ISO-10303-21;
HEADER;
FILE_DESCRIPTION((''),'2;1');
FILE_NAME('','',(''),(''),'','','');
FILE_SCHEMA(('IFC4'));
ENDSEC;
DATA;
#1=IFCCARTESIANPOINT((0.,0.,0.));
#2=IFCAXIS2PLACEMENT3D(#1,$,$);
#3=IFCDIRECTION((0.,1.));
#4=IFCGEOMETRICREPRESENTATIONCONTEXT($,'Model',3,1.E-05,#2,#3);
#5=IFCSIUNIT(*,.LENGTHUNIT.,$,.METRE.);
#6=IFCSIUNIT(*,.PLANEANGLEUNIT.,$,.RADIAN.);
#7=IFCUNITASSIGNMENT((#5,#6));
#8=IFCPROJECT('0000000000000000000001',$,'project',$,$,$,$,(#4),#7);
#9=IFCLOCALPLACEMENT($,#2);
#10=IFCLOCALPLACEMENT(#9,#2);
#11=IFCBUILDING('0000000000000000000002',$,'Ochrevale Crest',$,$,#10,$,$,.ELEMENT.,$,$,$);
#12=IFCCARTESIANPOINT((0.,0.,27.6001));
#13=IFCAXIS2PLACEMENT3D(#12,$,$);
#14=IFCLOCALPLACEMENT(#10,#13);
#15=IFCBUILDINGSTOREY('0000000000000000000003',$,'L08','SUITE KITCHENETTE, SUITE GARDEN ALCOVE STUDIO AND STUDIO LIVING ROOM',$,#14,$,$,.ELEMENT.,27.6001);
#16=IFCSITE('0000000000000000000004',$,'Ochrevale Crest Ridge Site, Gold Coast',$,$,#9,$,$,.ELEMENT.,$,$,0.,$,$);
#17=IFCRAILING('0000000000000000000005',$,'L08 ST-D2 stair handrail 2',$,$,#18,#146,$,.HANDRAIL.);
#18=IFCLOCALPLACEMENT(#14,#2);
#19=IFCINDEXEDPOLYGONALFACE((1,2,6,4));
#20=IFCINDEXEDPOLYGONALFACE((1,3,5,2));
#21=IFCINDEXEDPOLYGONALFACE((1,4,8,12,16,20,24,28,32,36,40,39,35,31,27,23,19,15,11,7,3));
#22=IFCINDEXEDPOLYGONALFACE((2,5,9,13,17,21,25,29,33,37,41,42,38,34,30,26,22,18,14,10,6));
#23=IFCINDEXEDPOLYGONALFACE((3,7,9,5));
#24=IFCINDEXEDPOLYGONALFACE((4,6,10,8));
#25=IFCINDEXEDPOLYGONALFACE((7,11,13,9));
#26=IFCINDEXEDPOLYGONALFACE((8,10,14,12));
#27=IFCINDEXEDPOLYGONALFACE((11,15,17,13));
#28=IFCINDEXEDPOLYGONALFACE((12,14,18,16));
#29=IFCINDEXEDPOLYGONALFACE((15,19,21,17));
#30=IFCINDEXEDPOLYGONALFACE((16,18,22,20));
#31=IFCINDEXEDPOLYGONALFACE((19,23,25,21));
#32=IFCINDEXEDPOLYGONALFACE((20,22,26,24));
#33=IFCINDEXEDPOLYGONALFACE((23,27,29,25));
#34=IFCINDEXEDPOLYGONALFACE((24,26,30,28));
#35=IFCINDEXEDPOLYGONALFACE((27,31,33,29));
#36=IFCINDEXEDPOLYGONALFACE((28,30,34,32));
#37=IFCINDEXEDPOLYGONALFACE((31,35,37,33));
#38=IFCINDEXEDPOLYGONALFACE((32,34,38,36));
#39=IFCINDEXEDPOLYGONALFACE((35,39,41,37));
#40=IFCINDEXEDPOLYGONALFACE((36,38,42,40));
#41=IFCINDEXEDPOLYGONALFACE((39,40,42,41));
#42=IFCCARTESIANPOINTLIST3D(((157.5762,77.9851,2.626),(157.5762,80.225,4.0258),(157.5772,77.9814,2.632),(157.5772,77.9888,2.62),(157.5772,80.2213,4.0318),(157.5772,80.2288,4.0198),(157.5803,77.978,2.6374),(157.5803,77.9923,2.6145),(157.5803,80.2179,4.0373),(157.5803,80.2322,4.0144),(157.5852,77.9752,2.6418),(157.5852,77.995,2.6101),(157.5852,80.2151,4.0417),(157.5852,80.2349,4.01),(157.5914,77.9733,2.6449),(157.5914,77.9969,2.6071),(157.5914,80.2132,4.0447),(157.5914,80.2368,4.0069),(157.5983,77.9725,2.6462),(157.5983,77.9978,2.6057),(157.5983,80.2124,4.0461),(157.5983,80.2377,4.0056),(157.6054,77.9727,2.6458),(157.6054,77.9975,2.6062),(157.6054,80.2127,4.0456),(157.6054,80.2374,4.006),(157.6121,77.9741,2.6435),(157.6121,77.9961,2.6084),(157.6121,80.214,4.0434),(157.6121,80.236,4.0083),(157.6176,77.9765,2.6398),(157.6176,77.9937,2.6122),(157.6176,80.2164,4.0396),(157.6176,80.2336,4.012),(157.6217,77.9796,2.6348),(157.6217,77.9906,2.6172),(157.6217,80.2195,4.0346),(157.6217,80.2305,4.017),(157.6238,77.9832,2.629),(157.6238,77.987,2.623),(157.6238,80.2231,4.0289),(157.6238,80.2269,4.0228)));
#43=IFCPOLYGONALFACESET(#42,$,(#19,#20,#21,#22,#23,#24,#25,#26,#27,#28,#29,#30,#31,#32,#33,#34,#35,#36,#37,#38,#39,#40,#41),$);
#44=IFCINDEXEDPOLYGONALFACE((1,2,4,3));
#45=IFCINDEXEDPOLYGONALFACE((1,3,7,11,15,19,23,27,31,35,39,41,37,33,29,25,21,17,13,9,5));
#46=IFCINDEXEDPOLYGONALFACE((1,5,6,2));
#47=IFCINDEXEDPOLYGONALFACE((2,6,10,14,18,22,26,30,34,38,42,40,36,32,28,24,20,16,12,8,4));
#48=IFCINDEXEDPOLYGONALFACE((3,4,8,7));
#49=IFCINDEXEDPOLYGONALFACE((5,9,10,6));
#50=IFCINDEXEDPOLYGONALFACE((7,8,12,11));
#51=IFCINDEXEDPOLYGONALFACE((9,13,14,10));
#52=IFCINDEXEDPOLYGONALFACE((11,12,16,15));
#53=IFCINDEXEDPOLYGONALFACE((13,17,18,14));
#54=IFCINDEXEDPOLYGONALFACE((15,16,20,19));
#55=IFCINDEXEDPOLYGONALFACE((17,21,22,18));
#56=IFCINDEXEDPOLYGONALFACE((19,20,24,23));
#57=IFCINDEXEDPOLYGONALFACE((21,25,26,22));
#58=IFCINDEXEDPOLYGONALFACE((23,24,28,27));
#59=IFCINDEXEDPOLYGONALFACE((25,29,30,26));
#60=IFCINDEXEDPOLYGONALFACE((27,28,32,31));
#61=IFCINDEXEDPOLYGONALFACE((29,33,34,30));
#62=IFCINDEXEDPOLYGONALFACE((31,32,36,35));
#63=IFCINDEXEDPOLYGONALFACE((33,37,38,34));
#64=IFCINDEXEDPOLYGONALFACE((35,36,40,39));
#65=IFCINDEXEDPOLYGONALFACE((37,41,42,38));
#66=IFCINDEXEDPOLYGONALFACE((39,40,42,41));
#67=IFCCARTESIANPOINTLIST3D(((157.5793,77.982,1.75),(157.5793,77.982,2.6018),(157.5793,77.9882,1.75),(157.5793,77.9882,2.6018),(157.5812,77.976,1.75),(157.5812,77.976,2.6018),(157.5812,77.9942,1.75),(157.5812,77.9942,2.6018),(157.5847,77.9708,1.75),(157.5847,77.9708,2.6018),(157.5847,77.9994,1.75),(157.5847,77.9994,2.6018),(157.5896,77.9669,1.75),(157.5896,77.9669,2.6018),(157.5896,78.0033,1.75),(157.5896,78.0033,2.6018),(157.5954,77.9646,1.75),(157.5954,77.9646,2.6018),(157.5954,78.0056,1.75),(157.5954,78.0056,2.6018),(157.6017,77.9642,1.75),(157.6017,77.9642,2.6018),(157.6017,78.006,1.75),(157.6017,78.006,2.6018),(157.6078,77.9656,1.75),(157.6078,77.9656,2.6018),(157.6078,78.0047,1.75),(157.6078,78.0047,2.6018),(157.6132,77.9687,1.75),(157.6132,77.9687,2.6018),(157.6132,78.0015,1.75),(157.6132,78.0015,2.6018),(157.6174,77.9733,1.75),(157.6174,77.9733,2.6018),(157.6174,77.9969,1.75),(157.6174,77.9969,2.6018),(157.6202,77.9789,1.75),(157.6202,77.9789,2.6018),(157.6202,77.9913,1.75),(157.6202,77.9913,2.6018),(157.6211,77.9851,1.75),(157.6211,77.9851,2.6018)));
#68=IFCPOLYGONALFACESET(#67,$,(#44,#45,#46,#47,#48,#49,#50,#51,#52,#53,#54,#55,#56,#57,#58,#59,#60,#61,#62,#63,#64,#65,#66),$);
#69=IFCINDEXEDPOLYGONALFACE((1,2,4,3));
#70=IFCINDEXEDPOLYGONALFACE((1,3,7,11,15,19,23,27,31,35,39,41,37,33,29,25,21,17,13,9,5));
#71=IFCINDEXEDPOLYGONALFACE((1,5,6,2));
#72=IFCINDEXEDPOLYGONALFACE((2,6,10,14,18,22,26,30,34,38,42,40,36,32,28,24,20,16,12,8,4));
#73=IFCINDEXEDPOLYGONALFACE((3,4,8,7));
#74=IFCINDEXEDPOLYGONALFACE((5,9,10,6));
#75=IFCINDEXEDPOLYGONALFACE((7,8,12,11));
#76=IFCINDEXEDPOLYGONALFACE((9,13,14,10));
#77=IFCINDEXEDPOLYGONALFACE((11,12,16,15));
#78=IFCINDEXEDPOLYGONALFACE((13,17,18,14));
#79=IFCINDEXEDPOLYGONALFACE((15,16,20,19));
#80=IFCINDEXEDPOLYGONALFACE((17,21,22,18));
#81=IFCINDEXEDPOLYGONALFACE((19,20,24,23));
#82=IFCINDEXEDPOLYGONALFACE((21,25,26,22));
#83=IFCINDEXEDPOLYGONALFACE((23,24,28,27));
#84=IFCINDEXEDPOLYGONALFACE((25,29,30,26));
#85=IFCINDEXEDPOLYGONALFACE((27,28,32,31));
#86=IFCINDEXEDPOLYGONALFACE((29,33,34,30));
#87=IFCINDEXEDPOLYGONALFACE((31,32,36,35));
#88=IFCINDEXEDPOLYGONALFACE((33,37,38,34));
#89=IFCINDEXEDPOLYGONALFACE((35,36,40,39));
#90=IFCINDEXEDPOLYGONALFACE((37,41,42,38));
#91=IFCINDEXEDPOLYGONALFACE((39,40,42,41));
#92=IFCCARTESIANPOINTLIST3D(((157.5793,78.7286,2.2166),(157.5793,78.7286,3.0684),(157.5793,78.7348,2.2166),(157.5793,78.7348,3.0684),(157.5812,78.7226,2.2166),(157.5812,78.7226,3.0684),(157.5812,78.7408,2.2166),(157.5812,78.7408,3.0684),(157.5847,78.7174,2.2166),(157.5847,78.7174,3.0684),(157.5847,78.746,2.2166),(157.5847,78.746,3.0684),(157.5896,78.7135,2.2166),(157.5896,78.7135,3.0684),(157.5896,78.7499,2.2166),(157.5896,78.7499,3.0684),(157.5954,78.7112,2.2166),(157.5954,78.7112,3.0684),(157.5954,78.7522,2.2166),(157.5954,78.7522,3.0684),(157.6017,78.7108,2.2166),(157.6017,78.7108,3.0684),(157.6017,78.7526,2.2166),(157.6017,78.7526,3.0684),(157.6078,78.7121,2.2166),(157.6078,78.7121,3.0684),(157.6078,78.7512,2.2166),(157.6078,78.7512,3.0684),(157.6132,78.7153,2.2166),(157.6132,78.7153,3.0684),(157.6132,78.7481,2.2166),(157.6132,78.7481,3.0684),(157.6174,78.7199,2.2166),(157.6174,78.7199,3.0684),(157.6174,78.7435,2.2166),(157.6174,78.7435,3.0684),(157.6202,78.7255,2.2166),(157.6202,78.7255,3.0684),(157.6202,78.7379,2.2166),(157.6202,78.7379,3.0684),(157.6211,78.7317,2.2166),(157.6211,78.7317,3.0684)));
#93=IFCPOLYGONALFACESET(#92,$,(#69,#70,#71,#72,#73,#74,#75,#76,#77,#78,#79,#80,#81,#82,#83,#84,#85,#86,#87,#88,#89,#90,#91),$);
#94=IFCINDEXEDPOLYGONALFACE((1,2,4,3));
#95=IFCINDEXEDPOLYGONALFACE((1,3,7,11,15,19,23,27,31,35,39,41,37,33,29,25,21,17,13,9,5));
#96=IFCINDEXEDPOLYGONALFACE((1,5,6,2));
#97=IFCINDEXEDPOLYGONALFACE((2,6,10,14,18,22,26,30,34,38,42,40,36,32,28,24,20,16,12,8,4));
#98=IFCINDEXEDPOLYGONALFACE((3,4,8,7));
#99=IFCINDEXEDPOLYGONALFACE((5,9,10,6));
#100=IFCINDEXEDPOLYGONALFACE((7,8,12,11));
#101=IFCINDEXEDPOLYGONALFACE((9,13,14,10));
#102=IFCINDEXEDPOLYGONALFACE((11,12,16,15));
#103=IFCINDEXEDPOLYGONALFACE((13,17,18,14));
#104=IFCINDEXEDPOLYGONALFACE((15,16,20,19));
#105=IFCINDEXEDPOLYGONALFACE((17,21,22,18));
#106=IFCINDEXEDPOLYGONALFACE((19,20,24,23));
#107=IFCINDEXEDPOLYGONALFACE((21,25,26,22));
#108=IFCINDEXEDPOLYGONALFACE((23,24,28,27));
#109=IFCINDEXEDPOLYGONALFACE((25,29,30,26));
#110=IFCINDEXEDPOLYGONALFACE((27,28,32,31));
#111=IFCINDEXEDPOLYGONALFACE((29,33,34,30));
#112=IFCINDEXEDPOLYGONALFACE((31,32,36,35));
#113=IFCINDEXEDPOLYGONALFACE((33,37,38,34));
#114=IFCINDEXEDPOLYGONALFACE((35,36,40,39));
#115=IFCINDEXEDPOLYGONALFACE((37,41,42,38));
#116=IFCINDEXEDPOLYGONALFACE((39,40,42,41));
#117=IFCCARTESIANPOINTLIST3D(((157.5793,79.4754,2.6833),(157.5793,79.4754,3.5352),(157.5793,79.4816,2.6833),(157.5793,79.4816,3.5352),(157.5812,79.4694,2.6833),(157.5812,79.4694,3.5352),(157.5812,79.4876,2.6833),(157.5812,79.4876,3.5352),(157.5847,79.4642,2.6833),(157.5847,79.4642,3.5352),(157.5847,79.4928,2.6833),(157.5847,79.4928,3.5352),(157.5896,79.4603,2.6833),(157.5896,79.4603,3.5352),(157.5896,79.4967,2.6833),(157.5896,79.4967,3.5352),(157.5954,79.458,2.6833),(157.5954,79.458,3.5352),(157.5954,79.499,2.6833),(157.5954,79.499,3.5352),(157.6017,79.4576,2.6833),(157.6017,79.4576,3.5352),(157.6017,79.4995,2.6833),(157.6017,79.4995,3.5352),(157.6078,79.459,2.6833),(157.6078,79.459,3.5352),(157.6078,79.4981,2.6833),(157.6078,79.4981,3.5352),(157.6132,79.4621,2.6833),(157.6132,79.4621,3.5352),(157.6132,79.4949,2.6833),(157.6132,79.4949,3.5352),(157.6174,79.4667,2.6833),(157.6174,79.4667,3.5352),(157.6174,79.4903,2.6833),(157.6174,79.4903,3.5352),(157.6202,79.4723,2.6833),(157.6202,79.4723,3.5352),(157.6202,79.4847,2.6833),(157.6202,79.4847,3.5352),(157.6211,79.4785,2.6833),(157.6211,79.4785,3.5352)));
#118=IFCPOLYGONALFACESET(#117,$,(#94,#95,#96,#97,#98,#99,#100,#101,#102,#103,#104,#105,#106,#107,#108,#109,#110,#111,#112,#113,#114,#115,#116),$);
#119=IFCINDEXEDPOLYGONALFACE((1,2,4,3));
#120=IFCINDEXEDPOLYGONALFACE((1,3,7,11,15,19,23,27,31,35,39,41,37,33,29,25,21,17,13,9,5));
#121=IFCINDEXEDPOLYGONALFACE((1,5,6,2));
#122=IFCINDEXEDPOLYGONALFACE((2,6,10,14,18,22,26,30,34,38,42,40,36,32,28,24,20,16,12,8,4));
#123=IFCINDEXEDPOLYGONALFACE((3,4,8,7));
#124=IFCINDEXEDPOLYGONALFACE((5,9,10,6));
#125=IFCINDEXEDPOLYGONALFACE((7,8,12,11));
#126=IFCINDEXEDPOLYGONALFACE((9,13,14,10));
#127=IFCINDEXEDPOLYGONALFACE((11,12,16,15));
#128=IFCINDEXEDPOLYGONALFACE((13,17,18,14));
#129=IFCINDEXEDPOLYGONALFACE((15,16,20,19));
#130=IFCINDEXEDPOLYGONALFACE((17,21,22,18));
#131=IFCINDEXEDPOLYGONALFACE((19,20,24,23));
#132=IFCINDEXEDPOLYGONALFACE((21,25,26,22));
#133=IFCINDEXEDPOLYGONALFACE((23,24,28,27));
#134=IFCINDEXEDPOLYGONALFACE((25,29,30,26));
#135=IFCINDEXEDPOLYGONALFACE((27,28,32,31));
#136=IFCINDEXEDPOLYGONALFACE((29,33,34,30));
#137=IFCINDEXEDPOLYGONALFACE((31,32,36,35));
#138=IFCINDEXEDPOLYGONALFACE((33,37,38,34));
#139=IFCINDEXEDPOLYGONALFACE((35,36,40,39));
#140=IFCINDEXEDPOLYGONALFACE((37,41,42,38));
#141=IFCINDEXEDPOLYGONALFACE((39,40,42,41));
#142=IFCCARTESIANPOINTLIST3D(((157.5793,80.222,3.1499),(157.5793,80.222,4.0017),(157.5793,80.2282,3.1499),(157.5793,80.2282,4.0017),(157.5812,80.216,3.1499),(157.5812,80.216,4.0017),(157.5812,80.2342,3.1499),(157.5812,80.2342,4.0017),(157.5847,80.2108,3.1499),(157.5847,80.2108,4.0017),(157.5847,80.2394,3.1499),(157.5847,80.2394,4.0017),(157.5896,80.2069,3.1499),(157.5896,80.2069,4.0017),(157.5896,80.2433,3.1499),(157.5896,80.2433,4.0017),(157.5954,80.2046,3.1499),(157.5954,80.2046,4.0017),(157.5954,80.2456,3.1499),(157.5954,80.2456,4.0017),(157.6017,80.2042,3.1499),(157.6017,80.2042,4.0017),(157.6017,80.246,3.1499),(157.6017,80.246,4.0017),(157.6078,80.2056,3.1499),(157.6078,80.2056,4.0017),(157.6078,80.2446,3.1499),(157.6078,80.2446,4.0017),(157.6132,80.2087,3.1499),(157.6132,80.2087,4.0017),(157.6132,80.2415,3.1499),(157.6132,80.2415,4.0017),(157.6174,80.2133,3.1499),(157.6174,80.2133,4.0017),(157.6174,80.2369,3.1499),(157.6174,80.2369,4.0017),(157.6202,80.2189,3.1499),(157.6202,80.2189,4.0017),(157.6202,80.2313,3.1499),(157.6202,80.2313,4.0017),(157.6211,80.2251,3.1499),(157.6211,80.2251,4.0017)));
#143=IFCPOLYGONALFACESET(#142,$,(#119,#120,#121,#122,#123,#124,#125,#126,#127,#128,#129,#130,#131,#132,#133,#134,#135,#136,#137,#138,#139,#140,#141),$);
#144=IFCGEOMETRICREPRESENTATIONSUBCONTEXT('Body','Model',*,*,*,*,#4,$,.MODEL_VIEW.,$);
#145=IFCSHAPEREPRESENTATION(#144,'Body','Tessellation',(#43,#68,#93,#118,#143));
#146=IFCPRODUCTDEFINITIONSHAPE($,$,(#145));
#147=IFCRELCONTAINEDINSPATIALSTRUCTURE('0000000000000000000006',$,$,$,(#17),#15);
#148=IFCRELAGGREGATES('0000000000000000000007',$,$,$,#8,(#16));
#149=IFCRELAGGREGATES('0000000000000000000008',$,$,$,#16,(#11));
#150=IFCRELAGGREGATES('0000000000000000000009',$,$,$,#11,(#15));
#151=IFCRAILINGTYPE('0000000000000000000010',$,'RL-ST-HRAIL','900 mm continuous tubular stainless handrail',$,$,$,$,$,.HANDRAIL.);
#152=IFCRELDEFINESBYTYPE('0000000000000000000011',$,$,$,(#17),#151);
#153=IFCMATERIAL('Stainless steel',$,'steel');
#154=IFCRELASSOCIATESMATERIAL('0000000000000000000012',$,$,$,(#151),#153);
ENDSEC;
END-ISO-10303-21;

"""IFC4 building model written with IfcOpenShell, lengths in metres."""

from ifc_helpers import new_model, si_unit, direction, frame, origin, origin_2d, place, context, subcontext, project, spatial, circle, extrude, material, type_object, element, save


model = new_model("IFC4")

# Units and contexts
model_context = context("Model", 3, precision=1e-05, world=origin(), true_north=direction((0.0, 1.0)))
body_context = subcontext(model_context, "Body", "Model", "MODEL_VIEW")
ifc_project = project(units=[si_unit("LENGTHUNIT", "METRE"), si_unit("PLANEANGLEUNIT", "RADIAN")], contexts=[model_context])

# Site, building, storey
site_placement = place(None, origin())
site = spatial("IfcSite", under=ifc_project, at=site_placement, Name="Ochrevale Crest Ridge Site, Gold Coast", CompositionType="ELEMENT", RefElevation=0.0)
building_placement = place(site_placement, origin())
building = spatial("IfcBuilding", under=site, at=building_placement, Name="Ochrevale Crest", CompositionType="ELEMENT")
storey_placement = place(building_placement, frame((0.0, 0.0, 27.6001)))
storey = spatial("IfcBuildingStorey", under=building, at=storey_placement, Name="L08", Description="SUITE KITCHENETTE, SUITE GARDEN ALCOVE STUDIO AND STUDIO LIVING ROOM", CompositionType="ELEMENT", Elevation=27.6001)

# Railing
ifc_material_1 = material(Name="Stainless steel", Category="steel")
railing_type_1 = type_object("IfcRailingType", Name="RL-ST-HRAIL", Description="900 mm continuous tubular stainless handrail", PredefinedType="HANDRAIL", material=ifc_material_1)
railing_1_placement = place(storey_placement, frame((157.6001, 77.9851, 1.75)))
element("IfcRailing", 1, at=railing_1_placement, inside=storey, type_object=railing_type_1, Name="L08 ST-D2 stair handrail 2", PredefinedType="HANDRAIL", context=body_context, shape_type="SweptSolid", body=[
    extrude(circle(Radius=0.0239, at=origin_2d()), frame((0.0, 0.0, 0.876), z_axis=(0.0, 0.848014, 0.529974), x_axis=(-1.0, 0.0, 0.0)), (0.0, 0.0, 1.0), 2.6414),
    extrude(circle(Radius=0.021, at=origin_2d()), origin(), (0.0, 0.0, 1.0), 0.8518),
    extrude(circle(Radius=0.021, at=origin_2d()), frame((0.0, 0.7466, 0.4666)), (0.0, 0.0, 1.0), 0.8518),
    extrude(circle(Radius=0.021, at=origin_2d()), frame((0.0, 1.4934, 0.9333)), (0.0, 0.0, 1.0), 0.8518),
    extrude(circle(Radius=0.021, at=origin_2d()), frame((0.0, 2.24, 1.3999)), (0.0, 0.0, 1.0), 0.8518),
])

save(model, "model.ifc")
